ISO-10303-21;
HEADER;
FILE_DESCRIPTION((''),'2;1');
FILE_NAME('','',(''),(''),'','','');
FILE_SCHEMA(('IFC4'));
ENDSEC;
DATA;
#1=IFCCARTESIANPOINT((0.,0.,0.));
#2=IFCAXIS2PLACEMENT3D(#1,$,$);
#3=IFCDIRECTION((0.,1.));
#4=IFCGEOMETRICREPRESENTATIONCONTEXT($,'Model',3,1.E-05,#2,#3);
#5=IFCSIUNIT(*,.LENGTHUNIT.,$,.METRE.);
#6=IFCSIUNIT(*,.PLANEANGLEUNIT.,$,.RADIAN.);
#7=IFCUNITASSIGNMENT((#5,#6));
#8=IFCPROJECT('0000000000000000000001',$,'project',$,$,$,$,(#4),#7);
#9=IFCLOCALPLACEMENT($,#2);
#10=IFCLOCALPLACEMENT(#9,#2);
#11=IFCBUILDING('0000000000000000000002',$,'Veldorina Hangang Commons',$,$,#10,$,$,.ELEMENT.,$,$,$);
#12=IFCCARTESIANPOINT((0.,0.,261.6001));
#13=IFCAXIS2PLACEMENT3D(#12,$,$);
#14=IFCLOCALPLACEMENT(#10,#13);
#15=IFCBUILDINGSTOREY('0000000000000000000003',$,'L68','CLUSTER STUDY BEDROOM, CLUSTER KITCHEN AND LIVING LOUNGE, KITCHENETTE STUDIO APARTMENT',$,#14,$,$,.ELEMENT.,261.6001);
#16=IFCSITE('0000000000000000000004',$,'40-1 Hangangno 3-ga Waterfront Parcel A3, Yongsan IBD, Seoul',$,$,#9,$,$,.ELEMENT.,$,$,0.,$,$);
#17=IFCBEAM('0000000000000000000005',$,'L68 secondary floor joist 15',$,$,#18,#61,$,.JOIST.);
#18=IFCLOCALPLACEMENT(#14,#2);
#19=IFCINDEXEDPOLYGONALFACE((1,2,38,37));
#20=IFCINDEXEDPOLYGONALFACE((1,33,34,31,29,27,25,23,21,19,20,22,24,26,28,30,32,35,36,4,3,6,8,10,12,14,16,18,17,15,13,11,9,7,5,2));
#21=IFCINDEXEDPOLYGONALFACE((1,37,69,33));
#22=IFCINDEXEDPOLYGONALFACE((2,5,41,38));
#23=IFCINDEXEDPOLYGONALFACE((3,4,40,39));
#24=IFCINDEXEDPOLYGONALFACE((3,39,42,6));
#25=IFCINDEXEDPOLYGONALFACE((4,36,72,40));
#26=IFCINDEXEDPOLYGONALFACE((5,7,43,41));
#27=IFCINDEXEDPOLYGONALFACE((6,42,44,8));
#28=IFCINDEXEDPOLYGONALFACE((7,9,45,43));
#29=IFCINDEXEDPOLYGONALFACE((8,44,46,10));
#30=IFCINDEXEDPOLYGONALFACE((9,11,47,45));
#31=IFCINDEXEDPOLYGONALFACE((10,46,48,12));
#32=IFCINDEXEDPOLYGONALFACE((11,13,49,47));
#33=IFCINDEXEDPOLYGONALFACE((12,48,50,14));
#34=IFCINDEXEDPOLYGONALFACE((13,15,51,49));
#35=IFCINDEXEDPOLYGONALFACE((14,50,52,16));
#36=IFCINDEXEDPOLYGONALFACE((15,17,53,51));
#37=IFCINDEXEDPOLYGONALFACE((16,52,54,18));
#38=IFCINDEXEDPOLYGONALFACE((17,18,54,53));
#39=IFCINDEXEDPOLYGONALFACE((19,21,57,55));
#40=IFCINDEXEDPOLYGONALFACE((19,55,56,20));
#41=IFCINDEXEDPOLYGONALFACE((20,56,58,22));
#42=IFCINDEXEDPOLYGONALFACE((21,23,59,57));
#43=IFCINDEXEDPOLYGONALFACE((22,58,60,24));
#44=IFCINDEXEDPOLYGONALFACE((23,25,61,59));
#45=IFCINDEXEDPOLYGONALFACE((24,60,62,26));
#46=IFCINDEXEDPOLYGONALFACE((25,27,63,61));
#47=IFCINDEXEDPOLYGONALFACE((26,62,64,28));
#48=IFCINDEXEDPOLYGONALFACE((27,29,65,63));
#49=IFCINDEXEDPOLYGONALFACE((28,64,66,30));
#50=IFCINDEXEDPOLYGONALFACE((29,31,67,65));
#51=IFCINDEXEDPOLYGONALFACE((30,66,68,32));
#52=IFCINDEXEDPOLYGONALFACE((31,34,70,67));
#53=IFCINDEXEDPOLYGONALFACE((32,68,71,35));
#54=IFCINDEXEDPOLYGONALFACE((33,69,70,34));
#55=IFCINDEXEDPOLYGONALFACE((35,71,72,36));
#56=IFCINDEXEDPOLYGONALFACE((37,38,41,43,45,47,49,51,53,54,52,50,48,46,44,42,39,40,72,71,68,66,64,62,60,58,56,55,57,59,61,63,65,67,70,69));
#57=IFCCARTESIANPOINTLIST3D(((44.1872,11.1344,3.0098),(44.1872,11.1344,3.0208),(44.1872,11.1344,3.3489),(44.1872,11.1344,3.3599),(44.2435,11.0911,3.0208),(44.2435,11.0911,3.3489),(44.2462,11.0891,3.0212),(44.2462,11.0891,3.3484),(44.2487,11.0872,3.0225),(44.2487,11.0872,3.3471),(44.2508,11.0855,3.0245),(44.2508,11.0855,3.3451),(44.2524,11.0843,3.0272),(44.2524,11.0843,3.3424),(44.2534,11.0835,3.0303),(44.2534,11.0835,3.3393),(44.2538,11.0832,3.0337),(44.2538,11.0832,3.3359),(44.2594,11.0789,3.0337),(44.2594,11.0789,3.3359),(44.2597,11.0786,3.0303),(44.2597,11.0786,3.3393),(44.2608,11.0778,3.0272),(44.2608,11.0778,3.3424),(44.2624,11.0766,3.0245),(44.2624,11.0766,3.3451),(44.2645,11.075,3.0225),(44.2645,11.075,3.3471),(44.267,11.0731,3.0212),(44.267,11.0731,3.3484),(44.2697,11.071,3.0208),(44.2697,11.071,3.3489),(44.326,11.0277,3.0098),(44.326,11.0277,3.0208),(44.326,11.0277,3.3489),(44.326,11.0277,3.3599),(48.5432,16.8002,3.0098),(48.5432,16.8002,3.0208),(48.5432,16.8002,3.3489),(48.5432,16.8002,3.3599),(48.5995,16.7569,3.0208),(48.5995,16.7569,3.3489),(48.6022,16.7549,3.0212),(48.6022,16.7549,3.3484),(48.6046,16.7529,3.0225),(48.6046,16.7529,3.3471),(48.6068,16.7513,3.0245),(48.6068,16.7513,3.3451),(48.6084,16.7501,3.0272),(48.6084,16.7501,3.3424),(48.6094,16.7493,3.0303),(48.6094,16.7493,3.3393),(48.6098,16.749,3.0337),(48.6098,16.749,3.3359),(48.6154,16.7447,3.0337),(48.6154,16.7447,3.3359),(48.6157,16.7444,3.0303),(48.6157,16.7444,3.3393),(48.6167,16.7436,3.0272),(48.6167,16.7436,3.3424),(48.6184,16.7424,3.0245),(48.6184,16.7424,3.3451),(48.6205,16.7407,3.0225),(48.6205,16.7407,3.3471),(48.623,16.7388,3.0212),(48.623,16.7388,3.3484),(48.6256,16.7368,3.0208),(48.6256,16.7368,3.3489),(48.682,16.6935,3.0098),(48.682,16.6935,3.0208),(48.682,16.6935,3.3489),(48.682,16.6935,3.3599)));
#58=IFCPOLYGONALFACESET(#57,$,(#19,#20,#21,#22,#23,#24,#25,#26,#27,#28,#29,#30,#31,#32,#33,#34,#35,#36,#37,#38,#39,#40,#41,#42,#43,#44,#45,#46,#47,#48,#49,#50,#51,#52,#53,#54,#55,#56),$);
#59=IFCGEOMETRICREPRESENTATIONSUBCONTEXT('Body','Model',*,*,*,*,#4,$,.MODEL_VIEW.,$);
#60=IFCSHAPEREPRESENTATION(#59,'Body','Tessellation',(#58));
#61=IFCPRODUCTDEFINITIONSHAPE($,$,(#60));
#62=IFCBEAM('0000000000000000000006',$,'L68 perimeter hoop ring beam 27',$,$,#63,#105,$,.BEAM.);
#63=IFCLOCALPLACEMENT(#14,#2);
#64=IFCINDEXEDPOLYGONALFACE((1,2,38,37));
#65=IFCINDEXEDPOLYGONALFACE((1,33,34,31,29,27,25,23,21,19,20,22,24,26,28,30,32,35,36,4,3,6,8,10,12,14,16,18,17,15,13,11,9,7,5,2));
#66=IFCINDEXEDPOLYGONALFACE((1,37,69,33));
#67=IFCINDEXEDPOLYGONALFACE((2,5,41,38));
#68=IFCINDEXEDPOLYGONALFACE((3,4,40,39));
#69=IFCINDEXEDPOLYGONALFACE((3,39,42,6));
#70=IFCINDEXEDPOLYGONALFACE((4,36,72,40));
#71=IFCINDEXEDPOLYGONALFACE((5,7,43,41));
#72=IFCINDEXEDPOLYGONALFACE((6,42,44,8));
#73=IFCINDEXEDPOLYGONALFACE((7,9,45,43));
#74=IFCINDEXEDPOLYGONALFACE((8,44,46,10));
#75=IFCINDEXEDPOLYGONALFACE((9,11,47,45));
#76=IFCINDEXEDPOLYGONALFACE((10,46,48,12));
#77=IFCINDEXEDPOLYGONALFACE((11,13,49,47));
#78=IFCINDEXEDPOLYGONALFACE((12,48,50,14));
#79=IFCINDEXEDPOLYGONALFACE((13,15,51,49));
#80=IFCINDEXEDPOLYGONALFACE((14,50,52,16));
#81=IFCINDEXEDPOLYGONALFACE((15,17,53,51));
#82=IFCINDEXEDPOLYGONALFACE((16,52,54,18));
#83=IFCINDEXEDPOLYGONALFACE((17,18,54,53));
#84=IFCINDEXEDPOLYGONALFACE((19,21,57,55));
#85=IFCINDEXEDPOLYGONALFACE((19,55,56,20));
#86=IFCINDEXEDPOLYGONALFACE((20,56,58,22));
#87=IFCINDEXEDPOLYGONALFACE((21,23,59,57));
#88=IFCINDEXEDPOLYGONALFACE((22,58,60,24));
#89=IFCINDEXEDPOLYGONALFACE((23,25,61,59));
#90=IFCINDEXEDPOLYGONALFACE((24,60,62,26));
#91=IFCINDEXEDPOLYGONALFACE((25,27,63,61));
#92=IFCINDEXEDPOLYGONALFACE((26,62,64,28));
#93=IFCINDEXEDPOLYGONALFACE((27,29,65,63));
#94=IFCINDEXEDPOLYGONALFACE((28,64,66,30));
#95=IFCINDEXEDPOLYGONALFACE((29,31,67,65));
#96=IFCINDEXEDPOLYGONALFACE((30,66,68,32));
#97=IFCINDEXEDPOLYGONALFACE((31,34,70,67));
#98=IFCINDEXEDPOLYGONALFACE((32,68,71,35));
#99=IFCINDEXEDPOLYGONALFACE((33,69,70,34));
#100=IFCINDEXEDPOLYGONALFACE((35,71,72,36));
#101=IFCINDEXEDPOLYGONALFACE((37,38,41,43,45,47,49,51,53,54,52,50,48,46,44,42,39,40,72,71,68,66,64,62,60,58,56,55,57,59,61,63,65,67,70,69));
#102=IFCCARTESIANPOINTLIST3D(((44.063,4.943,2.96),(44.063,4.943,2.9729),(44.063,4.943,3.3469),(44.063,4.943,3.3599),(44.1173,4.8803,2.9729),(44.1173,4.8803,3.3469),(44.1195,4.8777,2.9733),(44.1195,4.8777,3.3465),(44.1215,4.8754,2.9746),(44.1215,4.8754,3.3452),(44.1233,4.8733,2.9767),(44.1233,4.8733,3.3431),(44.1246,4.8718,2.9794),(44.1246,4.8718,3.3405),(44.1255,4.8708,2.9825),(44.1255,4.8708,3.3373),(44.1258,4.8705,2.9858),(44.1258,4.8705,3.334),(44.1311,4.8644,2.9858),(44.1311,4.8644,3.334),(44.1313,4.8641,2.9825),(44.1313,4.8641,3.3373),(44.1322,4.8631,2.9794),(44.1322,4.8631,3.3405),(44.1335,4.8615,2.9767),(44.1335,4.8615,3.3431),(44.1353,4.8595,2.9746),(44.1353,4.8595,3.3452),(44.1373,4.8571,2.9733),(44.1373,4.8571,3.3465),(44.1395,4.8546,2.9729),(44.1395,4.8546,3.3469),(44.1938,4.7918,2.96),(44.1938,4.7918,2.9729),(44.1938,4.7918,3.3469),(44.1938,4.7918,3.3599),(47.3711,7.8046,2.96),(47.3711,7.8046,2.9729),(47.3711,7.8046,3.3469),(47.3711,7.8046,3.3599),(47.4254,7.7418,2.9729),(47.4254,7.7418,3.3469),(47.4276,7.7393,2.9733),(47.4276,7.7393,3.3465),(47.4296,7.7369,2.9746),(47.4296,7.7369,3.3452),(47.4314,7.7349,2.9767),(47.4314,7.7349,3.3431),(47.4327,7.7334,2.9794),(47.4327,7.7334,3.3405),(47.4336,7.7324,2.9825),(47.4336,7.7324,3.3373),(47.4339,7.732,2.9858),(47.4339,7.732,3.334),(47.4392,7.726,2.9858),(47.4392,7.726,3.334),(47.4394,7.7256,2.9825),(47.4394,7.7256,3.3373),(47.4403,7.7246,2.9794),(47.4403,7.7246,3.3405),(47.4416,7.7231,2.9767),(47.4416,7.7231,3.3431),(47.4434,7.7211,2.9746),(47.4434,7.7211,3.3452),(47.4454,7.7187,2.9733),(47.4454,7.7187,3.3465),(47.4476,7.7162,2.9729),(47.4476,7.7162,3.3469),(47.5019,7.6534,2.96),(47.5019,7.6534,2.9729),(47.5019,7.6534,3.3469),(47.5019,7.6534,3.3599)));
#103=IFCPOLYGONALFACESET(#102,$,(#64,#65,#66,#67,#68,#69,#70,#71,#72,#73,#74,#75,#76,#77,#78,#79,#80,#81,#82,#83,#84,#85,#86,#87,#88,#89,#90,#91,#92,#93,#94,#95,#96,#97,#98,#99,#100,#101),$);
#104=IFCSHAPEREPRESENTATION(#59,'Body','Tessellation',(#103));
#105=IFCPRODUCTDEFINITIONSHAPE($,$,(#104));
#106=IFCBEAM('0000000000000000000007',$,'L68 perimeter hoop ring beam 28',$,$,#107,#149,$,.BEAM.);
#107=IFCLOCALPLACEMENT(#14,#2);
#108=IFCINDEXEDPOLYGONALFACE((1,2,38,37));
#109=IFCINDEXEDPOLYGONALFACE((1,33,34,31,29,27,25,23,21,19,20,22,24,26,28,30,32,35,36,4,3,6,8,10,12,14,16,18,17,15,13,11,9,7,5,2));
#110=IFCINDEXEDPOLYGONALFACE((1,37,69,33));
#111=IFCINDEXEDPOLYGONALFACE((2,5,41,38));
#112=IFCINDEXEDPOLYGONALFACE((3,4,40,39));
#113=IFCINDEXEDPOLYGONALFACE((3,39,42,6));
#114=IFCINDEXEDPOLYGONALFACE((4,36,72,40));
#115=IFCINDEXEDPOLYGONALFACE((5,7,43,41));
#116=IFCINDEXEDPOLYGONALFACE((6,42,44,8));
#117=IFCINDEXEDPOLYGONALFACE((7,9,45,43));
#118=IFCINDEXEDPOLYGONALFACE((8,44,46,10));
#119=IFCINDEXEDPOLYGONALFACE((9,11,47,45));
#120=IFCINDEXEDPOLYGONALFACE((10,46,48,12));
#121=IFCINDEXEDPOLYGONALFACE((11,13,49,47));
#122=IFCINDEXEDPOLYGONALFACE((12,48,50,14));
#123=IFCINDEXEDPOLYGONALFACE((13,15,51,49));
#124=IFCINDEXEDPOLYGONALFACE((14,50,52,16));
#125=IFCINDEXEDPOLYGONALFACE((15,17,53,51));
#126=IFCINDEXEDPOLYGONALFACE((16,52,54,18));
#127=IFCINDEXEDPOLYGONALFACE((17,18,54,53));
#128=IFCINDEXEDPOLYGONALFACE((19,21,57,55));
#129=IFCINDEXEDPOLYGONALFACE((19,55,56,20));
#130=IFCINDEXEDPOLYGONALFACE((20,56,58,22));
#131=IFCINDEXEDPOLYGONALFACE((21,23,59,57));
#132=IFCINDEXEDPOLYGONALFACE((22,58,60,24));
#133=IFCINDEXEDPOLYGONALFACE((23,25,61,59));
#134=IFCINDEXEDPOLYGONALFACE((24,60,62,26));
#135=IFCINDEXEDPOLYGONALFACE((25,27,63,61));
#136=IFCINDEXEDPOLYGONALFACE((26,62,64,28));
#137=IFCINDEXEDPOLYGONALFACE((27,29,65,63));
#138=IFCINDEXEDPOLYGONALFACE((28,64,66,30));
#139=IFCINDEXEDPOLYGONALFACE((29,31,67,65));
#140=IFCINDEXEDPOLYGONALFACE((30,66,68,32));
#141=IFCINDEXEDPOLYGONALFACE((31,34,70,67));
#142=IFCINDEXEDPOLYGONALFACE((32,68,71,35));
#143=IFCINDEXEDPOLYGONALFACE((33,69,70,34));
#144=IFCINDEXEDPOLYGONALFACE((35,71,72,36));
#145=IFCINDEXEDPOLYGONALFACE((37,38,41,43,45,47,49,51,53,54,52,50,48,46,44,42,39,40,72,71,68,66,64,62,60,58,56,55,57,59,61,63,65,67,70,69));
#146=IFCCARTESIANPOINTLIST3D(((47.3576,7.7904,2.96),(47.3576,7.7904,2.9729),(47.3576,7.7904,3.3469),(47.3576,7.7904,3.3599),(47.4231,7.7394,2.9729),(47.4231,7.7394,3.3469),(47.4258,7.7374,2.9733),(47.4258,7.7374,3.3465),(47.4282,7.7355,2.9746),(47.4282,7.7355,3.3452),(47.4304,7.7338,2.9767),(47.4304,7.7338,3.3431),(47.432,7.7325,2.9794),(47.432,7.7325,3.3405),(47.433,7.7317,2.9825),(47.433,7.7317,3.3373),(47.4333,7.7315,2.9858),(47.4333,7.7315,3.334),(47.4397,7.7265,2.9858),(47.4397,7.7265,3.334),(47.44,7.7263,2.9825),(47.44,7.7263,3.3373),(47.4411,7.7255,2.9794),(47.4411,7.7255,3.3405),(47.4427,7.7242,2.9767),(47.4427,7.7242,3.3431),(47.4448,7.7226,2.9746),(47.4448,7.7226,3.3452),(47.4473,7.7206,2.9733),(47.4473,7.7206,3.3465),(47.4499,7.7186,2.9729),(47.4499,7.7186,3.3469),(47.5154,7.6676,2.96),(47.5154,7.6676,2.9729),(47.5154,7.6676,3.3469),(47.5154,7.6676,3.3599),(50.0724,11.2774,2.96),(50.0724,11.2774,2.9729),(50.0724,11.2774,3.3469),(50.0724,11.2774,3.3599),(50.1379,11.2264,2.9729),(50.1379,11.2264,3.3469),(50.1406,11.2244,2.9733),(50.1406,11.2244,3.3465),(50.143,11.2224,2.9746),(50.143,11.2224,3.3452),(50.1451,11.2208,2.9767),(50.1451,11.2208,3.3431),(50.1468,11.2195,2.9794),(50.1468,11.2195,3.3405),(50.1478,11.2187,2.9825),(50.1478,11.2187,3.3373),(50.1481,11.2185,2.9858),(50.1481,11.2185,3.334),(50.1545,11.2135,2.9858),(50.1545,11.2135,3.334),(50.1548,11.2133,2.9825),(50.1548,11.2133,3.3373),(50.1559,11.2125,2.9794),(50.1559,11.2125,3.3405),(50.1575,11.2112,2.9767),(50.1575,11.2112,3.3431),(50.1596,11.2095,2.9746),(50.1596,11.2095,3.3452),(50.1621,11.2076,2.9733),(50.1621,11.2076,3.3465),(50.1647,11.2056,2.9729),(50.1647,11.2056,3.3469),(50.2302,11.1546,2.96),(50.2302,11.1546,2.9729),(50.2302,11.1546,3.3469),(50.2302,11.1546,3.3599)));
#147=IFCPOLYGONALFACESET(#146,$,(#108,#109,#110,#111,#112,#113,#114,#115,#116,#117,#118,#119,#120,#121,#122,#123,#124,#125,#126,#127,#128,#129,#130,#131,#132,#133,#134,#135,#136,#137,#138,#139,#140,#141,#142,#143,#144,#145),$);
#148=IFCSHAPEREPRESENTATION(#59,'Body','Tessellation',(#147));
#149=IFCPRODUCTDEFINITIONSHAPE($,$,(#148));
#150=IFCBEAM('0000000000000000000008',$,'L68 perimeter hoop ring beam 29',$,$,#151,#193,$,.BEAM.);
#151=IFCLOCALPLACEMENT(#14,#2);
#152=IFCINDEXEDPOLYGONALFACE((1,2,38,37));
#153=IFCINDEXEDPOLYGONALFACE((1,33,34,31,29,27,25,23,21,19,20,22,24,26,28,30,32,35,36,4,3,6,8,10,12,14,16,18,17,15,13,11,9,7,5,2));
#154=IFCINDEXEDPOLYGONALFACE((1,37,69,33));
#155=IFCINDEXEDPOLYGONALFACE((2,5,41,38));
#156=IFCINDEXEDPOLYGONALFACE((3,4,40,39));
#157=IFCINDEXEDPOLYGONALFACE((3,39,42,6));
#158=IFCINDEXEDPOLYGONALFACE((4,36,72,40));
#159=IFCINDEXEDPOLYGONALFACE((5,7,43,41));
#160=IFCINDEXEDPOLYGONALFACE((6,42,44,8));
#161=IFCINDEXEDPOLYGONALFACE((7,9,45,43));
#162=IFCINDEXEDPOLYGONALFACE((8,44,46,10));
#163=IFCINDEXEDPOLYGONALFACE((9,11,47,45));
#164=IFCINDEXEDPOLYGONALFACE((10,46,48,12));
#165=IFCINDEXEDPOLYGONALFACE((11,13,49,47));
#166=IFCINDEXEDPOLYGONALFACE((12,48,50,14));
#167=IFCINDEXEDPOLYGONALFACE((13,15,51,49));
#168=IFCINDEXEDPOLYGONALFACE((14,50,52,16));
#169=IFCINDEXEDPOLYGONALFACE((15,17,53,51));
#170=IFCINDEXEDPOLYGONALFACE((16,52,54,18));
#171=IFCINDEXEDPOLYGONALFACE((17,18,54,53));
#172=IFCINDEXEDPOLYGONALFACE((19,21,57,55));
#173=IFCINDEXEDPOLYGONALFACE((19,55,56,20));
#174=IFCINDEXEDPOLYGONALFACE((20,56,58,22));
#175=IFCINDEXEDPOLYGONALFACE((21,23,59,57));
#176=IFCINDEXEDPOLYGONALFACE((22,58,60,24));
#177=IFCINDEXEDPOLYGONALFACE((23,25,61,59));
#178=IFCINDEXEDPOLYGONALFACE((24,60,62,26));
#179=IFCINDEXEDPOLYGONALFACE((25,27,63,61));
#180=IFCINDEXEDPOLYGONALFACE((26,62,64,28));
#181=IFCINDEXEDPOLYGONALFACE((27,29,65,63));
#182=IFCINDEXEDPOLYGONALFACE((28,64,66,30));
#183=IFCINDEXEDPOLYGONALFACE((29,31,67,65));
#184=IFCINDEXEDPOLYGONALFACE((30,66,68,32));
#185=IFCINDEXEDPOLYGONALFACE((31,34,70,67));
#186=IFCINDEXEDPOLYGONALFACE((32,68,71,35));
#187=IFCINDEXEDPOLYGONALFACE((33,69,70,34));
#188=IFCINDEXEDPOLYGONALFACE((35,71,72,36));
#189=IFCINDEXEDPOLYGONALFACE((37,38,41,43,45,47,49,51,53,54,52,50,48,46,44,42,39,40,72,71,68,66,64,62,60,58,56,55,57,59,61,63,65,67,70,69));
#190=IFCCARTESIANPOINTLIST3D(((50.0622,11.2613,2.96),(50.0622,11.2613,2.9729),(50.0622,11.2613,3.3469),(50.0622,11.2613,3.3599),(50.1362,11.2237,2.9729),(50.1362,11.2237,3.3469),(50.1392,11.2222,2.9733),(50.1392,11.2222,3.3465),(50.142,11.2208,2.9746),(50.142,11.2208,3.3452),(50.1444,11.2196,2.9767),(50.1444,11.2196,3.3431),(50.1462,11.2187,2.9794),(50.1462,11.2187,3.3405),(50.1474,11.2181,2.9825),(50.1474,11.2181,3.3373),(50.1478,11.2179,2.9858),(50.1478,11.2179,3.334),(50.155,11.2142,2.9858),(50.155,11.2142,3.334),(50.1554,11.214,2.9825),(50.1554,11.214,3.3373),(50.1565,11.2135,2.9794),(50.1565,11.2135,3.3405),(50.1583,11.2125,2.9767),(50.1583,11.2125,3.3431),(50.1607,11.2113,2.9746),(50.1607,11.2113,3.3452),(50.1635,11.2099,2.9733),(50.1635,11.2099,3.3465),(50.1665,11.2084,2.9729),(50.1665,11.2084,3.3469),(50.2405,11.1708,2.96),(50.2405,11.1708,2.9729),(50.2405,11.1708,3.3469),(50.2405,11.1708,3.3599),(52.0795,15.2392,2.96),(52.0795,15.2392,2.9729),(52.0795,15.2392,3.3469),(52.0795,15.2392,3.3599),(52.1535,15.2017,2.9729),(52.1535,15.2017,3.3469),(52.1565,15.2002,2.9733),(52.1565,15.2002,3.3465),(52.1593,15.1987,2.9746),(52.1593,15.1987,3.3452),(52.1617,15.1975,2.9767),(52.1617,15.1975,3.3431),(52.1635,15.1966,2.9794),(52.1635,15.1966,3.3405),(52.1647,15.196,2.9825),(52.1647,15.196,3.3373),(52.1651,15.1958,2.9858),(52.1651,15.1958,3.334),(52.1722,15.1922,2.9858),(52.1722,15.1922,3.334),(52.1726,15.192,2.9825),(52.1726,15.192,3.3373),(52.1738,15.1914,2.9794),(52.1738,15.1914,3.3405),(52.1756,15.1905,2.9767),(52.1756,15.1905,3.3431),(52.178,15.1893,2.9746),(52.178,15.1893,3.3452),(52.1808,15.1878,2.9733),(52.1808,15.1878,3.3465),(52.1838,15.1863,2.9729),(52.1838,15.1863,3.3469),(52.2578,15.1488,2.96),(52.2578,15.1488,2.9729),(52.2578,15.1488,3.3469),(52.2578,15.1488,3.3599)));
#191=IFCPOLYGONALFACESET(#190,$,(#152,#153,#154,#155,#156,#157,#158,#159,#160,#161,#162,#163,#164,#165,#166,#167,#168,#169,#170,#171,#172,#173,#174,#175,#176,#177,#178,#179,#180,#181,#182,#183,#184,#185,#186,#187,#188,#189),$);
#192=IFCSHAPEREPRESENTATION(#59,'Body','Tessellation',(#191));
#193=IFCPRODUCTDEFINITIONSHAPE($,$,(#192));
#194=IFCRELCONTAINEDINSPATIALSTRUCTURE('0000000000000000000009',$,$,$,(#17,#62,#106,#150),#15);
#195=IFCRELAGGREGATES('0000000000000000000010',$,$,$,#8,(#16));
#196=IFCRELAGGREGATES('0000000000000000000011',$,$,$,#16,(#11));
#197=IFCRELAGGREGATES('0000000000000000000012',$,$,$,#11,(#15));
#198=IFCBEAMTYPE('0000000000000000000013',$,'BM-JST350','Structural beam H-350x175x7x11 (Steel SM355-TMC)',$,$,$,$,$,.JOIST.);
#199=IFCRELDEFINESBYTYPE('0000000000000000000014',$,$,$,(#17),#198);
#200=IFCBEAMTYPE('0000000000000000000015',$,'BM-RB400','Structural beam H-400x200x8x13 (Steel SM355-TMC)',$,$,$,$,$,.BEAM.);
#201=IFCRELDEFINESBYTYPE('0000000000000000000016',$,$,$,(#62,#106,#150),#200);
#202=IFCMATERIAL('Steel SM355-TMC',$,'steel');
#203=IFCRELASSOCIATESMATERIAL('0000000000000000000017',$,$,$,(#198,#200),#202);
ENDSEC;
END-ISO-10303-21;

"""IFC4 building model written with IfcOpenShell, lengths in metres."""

from ifc_helpers import new_model, si_unit, direction, frame, origin, origin_2d, place, context, subcontext, project, spatial, i_section, extrude, material, material_profile, profile_set, type_object, element, save


model = new_model("IFC4")

# Units and contexts
model_context = context("Model", 3, precision=1e-05, world=origin(), true_north=direction((0.0, 1.0)))
body_context = subcontext(model_context, "Body", "Model", "MODEL_VIEW")
ifc_project = project(units=[si_unit("LENGTHUNIT", "METRE"), si_unit("PLANEANGLEUNIT", "RADIAN")], contexts=[model_context])

# Site, building, storey
site_placement = place(None, origin())
site = spatial("IfcSite", under=ifc_project, at=site_placement, Name="40-1 Hangangno 3-ga Waterfront Parcel A3, Yongsan IBD, Seoul", CompositionType="ELEMENT", RefElevation=0.0)
building_placement = place(site_placement, origin())
building = spatial("IfcBuilding", under=site, at=building_placement, Name="Veldorina Hangang Commons", CompositionType="ELEMENT")
storey_placement = place(building_placement, frame((0.0, 0.0, 261.6001)))
storey = spatial("IfcBuildingStorey", under=building, at=storey_placement, Name="L68", Description="CLUSTER STUDY BEDROOM, CLUSTER KITCHEN AND LIVING LOUNGE, KITCHENETTE STUDIO APARTMENT", CompositionType="ELEMENT", Elevation=261.6001)

# Beams
ifc_material_1 = material(Name="Steel SM355-TMC", Category="steel")
ifc_material_profile_1 = material_profile(ifc_material_1, i_section(OverallWidth=0.175, OverallDepth=0.3501, WebThickness=0.0071, FlangeThickness=0.011, FilletRadius=0.0129, at=origin_2d()), Name="H-350x175x7x11")
ifc_profile_set_1 = profile_set([ifc_material_profile_1], Name="Steel SM355-TMC")
beam_type_1 = type_object("IfcBeamType", Name="BM-JST350", Description="Structural beam H-350x175x7x11 (Steel SM355-TMC)", PredefinedType="JOIST", material=ifc_profile_set_1)
beam_1_placement = place(storey_placement, frame((44.2566, 11.0811, 3.1848), z_axis=(0.609506, 0.792781, 0.0), x_axis=(-0.792781, 0.609506, 0.0)))
element("IfcBeam", 1, at=beam_1_placement, inside=storey, type_object=beam_type_1, Name="L68 secondary floor joist 15", PredefinedType="JOIST", context=body_context, shape_type="SweptSolid", body=[
    extrude(i_section(OverallWidth=0.175, OverallDepth=0.3501, WebThickness=0.0071, FlangeThickness=0.011, FilletRadius=0.0129, at=origin_2d()), origin(), (0.0, 0.0, 1.0), 7.1467),
])
ifc_material_profile_2 = material_profile(ifc_material_1, i_section(OverallWidth=0.2, OverallDepth=0.3999, WebThickness=0.0081, FlangeThickness=0.0129, FilletRadius=0.0129, at=origin_2d()), Name="H-400x200x8x13")
ifc_profile_set_2 = profile_set([ifc_material_profile_2], Name="Steel SM355-TMC")
beam_type_2 = type_object("IfcBeamType", Name="BM-RB400", Description="Structural beam H-400x200x8x13 (Steel SM355-TMC)", PredefinedType="BEAM", material=ifc_profile_set_2)
beam_2_placement = place(storey_placement, frame((44.1284, 4.8674, 3.1599), z_axis=(0.756306, 0.654218, 0.0), x_axis=(-0.654218, 0.756306, 0.0)))
element("IfcBeam", 2, at=beam_2_placement, inside=storey, type_object=beam_type_2, Name="L68 perimeter hoop ring beam 27", PredefinedType="BEAM", context=body_context, shape_type="SweptSolid", body=[
    extrude(i_section(OverallWidth=0.2, OverallDepth=0.3999, WebThickness=0.0081, FlangeThickness=0.0129, FilletRadius=0.0129, at=origin_2d()), origin(), (0.0, 0.0, 1.0), 4.374),
])
beam_3_placement = place(storey_placement, frame((47.4365, 7.729, 3.1599), z_axis=(0.614319, 0.789058, 0.0), x_axis=(-0.789058, 0.614319, 0.0)))
element("IfcBeam", 3, at=beam_3_placement, inside=storey, type_object=beam_type_2, Name="L68 perimeter hoop ring beam 28", PredefinedType="BEAM", context=body_context, shape_type="SweptSolid", body=[
    extrude(i_section(OverallWidth=0.2, OverallDepth=0.3999, WebThickness=0.0081, FlangeThickness=0.0129, FilletRadius=0.0129, at=origin_2d()), origin(), (0.0, 0.0, 1.0), 4.4192),
])
beam_4_placement = place(storey_placement, frame((50.1514, 11.2161, 3.1599), z_axis=(0.452286, 0.891873, 0.0), x_axis=(-0.891873, 0.452286, 0.0)))
element("IfcBeam", 4, at=beam_4_placement, inside=storey, type_object=beam_type_2, Name="L68 perimeter hoop ring beam 29", PredefinedType="BEAM", context=body_context, shape_type="SweptSolid", body=[
    extrude(i_section(OverallWidth=0.2, OverallDepth=0.3999, WebThickness=0.0081, FlangeThickness=0.0129, FilletRadius=0.0129, at=origin_2d()), origin(), (0.0, 0.0, 1.0), 4.4602),
])

save(model, "model.ifc")
